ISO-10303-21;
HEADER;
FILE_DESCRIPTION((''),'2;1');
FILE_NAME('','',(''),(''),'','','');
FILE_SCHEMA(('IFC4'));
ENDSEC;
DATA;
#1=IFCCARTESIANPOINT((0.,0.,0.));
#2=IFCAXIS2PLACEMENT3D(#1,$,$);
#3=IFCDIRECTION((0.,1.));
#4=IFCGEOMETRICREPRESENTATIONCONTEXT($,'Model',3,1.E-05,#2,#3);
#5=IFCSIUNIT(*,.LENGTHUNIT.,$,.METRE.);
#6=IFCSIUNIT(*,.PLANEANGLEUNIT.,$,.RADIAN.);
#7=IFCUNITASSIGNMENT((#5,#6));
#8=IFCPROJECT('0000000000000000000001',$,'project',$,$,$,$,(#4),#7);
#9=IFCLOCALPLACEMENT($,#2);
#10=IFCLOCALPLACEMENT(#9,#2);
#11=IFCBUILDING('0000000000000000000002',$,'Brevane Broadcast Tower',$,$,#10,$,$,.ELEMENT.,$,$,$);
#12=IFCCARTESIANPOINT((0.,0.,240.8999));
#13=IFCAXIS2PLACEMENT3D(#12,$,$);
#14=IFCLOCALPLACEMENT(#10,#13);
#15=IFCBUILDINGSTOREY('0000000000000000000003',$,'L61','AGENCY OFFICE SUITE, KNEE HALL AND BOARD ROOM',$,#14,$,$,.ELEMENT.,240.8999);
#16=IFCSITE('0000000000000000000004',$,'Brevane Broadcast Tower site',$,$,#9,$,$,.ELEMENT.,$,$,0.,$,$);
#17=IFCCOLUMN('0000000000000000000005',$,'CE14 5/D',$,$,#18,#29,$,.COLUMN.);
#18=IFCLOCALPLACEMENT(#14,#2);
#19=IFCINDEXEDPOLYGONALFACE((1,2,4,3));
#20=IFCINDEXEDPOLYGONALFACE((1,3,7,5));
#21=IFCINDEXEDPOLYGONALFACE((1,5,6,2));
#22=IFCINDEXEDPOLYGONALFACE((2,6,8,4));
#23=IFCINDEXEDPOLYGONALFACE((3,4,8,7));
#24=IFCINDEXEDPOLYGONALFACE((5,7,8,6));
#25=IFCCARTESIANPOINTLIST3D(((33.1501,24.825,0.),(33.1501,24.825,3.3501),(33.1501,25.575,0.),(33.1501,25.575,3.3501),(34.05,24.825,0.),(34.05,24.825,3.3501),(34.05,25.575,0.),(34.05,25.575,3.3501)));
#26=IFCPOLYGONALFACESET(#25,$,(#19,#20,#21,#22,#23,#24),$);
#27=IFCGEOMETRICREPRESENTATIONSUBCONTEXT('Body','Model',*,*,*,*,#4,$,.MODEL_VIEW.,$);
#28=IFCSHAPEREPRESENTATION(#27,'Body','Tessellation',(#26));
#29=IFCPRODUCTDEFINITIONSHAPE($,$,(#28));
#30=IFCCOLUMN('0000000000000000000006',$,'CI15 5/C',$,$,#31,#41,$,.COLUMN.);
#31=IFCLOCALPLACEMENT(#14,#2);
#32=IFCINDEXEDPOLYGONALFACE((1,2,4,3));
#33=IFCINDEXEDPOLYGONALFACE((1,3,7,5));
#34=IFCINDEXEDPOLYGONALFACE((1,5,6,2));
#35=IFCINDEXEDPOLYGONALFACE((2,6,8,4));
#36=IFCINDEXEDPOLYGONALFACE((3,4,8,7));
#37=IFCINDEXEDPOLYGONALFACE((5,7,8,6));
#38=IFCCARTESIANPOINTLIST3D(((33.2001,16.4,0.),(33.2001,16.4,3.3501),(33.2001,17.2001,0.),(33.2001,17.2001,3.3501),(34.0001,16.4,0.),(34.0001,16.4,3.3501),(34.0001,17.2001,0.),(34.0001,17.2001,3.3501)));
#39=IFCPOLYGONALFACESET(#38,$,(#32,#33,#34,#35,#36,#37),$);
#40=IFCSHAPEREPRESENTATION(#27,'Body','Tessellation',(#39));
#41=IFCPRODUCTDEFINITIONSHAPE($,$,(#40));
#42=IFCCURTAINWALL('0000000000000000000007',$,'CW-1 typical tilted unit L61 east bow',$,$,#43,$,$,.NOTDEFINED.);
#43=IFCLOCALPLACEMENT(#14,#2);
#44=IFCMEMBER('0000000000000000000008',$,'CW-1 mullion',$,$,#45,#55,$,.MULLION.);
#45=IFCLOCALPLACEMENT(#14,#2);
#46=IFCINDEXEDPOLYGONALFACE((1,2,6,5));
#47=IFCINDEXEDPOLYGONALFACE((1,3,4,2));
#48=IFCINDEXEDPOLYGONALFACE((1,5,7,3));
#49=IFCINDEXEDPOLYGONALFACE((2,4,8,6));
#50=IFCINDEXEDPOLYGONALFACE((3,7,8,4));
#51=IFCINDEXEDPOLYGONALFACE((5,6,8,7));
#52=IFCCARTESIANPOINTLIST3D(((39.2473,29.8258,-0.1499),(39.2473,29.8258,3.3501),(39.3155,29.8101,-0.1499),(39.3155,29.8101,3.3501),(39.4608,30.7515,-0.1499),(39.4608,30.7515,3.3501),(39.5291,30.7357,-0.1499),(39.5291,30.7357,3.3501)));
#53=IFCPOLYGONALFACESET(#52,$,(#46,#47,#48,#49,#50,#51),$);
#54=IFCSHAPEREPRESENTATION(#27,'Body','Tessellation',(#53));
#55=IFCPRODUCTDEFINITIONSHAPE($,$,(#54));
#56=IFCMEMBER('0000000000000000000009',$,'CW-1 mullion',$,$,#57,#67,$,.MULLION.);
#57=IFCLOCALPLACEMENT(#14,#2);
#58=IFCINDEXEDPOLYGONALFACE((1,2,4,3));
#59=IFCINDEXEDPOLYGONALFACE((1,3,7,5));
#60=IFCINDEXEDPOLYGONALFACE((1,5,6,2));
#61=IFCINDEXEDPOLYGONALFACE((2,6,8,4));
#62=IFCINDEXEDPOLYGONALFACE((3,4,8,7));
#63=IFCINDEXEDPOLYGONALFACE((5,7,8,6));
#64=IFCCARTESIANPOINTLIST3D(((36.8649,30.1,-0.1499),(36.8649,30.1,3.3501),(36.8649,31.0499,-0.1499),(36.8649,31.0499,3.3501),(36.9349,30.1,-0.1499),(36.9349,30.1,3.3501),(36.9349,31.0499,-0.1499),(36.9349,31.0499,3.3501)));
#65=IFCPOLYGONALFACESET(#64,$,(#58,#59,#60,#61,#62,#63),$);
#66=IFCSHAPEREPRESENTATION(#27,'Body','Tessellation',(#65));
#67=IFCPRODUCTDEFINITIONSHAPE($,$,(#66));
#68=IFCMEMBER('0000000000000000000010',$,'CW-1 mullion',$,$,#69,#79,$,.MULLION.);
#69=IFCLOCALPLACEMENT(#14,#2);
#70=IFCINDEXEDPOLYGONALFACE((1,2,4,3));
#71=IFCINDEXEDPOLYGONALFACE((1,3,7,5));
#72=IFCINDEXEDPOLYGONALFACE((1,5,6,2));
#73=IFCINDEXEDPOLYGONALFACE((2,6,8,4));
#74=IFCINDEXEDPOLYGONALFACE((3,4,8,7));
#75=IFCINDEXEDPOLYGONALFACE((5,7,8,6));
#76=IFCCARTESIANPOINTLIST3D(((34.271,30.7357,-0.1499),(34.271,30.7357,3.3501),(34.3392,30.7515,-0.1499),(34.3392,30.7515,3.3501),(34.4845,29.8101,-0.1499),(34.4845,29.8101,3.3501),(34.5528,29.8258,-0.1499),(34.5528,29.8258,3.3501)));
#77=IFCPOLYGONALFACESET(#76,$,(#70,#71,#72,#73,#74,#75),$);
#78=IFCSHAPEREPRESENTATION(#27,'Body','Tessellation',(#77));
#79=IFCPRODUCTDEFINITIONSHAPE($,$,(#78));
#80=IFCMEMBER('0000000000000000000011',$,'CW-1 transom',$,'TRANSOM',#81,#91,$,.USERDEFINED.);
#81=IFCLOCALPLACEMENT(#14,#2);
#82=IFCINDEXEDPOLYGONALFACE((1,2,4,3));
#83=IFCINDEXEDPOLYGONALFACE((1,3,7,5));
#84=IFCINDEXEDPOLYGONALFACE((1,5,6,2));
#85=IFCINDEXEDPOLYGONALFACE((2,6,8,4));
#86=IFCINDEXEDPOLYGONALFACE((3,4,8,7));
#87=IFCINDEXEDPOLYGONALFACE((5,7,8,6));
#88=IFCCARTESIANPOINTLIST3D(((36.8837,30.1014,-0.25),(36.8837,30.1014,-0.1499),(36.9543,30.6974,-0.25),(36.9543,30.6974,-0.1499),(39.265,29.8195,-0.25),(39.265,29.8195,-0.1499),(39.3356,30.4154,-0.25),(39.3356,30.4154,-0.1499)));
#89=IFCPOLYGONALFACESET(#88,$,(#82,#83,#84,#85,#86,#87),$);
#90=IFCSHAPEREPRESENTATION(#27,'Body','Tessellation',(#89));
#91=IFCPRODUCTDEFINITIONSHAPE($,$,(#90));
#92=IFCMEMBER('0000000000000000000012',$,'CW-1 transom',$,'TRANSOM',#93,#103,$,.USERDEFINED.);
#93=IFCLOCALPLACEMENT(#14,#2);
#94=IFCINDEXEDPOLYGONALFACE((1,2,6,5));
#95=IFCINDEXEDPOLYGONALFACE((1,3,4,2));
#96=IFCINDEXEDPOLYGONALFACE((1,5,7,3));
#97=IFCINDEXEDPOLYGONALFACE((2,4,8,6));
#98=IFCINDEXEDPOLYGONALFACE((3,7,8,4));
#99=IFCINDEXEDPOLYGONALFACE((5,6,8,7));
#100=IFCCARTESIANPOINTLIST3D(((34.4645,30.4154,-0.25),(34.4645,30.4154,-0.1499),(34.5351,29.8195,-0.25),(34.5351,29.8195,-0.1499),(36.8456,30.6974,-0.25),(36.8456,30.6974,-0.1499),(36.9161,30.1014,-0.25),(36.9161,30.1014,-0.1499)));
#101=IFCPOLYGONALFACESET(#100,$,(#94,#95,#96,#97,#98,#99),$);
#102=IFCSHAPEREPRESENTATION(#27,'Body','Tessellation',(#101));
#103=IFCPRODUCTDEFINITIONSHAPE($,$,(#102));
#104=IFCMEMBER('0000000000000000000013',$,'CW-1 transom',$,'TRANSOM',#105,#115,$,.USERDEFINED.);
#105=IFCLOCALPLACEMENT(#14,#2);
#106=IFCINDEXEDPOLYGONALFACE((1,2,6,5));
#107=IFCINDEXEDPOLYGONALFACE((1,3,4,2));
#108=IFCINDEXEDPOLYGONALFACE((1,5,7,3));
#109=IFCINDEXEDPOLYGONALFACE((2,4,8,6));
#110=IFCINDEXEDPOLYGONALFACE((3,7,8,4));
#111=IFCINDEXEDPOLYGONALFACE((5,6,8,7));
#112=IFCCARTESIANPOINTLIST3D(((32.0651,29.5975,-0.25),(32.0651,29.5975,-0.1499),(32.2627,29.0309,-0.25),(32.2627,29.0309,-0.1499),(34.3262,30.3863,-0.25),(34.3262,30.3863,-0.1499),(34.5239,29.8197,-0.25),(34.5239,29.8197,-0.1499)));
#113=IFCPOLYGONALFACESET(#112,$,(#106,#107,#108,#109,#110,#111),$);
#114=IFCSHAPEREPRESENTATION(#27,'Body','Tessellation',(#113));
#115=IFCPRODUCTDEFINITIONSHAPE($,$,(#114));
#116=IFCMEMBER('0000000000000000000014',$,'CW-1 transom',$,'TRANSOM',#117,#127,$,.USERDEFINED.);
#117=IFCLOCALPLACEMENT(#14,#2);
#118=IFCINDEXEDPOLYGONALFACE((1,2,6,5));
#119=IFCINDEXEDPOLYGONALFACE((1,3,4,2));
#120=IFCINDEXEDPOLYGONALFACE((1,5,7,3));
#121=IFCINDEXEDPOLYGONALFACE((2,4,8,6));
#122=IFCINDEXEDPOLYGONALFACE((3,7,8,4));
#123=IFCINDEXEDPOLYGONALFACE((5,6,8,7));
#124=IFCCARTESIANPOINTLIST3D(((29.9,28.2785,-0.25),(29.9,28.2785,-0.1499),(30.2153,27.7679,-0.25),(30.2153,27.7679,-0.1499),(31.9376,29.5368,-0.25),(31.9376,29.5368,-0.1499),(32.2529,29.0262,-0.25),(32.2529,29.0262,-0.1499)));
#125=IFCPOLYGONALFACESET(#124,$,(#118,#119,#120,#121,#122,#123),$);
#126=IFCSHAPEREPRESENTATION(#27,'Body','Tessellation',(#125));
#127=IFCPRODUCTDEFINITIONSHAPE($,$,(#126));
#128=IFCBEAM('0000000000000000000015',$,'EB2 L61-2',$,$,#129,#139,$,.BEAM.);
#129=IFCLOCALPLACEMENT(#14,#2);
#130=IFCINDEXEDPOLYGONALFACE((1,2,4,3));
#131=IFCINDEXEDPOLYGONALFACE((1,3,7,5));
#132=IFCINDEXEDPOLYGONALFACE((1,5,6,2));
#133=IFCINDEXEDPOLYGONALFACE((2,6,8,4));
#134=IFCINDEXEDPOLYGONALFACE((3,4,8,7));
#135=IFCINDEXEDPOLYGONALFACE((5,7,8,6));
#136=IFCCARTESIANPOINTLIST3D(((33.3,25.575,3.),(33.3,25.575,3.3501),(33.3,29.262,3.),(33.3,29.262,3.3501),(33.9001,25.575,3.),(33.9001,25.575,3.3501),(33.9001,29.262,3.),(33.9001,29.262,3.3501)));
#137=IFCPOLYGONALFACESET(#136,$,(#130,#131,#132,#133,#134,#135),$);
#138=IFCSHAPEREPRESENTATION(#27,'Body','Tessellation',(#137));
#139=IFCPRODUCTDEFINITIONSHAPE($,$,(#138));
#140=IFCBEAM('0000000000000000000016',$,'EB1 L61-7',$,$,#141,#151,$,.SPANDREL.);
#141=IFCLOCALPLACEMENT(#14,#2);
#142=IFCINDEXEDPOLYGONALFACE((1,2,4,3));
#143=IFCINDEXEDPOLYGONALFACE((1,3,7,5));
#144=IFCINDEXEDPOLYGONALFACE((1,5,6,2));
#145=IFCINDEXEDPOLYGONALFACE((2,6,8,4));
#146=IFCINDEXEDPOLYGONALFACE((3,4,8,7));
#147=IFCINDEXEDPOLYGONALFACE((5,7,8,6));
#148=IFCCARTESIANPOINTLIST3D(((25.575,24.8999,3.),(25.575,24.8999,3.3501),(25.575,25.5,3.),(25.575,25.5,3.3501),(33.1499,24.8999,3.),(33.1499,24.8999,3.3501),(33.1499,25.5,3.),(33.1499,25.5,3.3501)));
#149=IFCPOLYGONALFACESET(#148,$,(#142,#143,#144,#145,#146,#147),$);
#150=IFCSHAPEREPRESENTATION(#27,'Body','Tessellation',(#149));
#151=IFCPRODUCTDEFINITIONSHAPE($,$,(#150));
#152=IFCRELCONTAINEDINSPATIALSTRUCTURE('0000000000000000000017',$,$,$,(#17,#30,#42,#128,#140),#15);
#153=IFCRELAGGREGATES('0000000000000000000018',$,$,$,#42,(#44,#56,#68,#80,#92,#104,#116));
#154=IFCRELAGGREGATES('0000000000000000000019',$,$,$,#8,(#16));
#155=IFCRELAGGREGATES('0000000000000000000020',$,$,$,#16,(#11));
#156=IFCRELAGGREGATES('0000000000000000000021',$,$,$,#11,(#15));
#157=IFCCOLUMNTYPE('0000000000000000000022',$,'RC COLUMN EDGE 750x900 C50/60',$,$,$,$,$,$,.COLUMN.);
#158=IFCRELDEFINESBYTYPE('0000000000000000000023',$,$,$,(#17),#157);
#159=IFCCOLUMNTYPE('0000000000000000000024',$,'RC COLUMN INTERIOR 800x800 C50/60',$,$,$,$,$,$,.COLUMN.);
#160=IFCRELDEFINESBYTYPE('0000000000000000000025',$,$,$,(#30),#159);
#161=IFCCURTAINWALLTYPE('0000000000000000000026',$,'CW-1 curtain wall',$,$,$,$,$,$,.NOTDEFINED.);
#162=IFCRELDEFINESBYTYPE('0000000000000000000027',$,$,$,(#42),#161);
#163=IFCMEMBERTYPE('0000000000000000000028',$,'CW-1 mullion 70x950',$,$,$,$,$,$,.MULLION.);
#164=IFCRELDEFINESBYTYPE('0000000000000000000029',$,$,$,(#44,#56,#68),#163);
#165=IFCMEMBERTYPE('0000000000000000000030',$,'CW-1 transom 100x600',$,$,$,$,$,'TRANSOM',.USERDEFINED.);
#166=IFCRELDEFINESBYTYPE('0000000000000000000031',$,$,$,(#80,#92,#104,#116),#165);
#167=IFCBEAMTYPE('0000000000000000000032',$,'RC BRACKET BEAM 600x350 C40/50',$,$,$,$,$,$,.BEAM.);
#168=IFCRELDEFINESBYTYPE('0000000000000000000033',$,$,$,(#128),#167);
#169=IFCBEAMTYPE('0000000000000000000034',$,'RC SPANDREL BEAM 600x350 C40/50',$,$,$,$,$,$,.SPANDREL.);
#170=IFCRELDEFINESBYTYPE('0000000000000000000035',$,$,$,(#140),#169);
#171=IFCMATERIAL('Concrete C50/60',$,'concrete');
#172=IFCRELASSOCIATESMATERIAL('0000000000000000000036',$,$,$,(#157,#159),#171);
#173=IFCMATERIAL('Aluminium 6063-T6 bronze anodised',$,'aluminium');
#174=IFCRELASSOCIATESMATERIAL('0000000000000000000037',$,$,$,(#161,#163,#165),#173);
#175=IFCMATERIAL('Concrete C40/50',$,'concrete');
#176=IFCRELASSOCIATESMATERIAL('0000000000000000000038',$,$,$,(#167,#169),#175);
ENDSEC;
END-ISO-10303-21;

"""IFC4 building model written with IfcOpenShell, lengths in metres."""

from ifc_helpers import new_model, si_unit, direction, frame, origin, origin_2d, place, context, subcontext, project, spatial, rectangle, extrude, material, material_profile, profile_set, type_object, element, aggregate, save


model = new_model("IFC4")

# Units and contexts
model_context = context("Model", 3, precision=1e-05, world=origin(), true_north=direction((0.0, 1.0)))
body_context = subcontext(model_context, "Body", "Model", "MODEL_VIEW")
ifc_project = project(units=[si_unit("LENGTHUNIT", "METRE"), si_unit("PLANEANGLEUNIT", "RADIAN")], contexts=[model_context])

# Site, building, storey
site_placement = place(None, origin())
site = spatial("IfcSite", under=ifc_project, at=site_placement, Name="Brevane Broadcast Tower site", CompositionType="ELEMENT", RefElevation=0.0)
building_placement = place(site_placement, origin())
building = spatial("IfcBuilding", under=site, at=building_placement, Name="Brevane Broadcast Tower", CompositionType="ELEMENT")
storey_placement = place(building_placement, frame((0.0, 0.0, 240.8999)))
storey = spatial("IfcBuildingStorey", under=building, at=storey_placement, Name="L61", Description="AGENCY OFFICE SUITE, KNEE HALL AND BOARD ROOM", CompositionType="ELEMENT", Elevation=240.8999)

# Columns
ifc_material_1 = material(Name="Concrete C50/60", Category="concrete")
ifc_material_profile_1 = material_profile(ifc_material_1, rectangle(XDim=0.75, YDim=0.8999, at=origin_2d()), Name="RC 750x900")
ifc_profile_set_1 = profile_set([ifc_material_profile_1], Name="Concrete C50/60")
column_type_1 = type_object("IfcColumnType", Name="RC COLUMN EDGE 750x900 C50/60", PredefinedType="COLUMN", material=ifc_profile_set_1)
column_1_placement = place(storey_placement, frame((33.6001, 25.2, 0.0), z_axis=(0.0, 0.0, 1.0), x_axis=(0.0, 1.0, 0.0)))
element("IfcColumn", 1, at=column_1_placement, inside=storey, type_object=column_type_1, Name="CE14 5/D", PredefinedType="COLUMN", context=body_context, shape_type="SweptSolid", body=[
    extrude(rectangle(XDim=0.75, YDim=0.8999, at=origin_2d()), origin(), (0.0, 0.0, 1.0), 3.3501),
])
ifc_material_profile_2 = material_profile(ifc_material_1, rectangle(XDim=0.8, YDim=0.8, at=origin_2d()), Name="RC 800x800")
ifc_profile_set_2 = profile_set([ifc_material_profile_2], Name="Concrete C50/60")
column_type_2 = type_object("IfcColumnType", Name="RC COLUMN INTERIOR 800x800 C50/60", PredefinedType="COLUMN", material=ifc_profile_set_2)
column_2_placement = place(storey_placement, frame((33.6001, 16.8, 0.0), z_axis=(0.0, 0.0, 1.0), x_axis=(1.0, 0.0, 0.0)))
element("IfcColumn", 2, at=column_2_placement, inside=storey, type_object=column_type_2, Name="CI15 5/C", PredefinedType="COLUMN", context=body_context, shape_type="SweptSolid", body=[
    extrude(rectangle(XDim=0.8, YDim=0.8, at=origin_2d()), origin(), (0.0, 0.0, 1.0), 3.3501),
])

# Curtain wall, members
ifc_material_2 = material(Name="Aluminium 6063-T6 bronze anodised", Category="aluminium")
curtain_wall_type = type_object("IfcCurtainWallType", Name="CW-1 curtain wall", PredefinedType="NOTDEFINED", material=ifc_material_2)
curtain_wall_placement = place(storey_placement, origin())
curtain_wall = element("IfcCurtainWall", 3, at=curtain_wall_placement, inside=storey, type_object=curtain_wall_type, Name="CW-1 typical tilted unit L61 east bow", PredefinedType="NOTDEFINED")
ifc_material_profile_3 = material_profile(ifc_material_2, rectangle(XDim=0.95, YDim=0.0701, at=origin_2d()), Name="RECT 70x950")
ifc_profile_set_3 = profile_set([ifc_material_profile_3], Name="Aluminium 6063-T6 bronze anodised")
member_type_1 = type_object("IfcMemberType", Name="CW-1 mullion 70x950", PredefinedType="MULLION", material=ifc_profile_set_3)
member_1_placement = place(storey_placement, frame((39.3882, 30.2808, -0.1499), z_axis=(0.0, 0.0, 1.0), x_axis=(-0.224807, -0.974403, 0.0)))
member_1 = element("IfcMember", 4, at=member_1_placement, type_object=member_type_1, Name="CW-1 mullion", PredefinedType="MULLION", context=body_context, shape_type="SweptSolid", body=[
    extrude(rectangle(XDim=0.95, YDim=0.0701, at=origin_2d()), origin(), (0.0, 0.0, 1.0), 3.5),
])
member_2_placement = place(storey_placement, frame((36.8999, 30.575, -0.1499), z_axis=(0.0, 0.0, 1.0), x_axis=(0.0, -1.0, 0.0)))
member_2 = element("IfcMember", 5, at=member_2_placement, type_object=member_type_1, Name="CW-1 mullion", PredefinedType="MULLION", context=body_context, shape_type="SweptSolid", body=[
    extrude(rectangle(XDim=0.95, YDim=0.0701, at=origin_2d()), origin(), (0.0, 0.0, 1.0), 3.5),
])
member_3_placement = place(storey_placement, frame((34.4119, 30.2808, -0.1499), z_axis=(0.0, 0.0, 1.0), x_axis=(0.224807, -0.974403, 0.0)))
member_3 = element("IfcMember", 6, at=member_3_placement, type_object=member_type_1, Name="CW-1 mullion", PredefinedType="MULLION", context=body_context, shape_type="SweptSolid", body=[
    extrude(rectangle(XDim=0.95, YDim=0.0701, at=origin_2d()), origin(), (0.0, 0.0, 1.0), 3.5),
])
ifc_material_profile_4 = material_profile(ifc_material_2, rectangle(XDim=0.6001, YDim=0.1001, at=origin_2d()), Name="RECT 100x600")
ifc_profile_set_4 = profile_set([ifc_material_profile_4], Name="Aluminium 6063-T6 bronze anodised")
member_type_2 = type_object("IfcMemberType", Name="CW-1 transom 100x600", ElementType="TRANSOM", PredefinedType="USERDEFINED", material=ifc_profile_set_4)
member_4_placement = place(storey_placement, frame((39.3003, 30.1174, -0.2), z_axis=(-0.993062, 0.117591, 0.0), x_axis=(-0.117591, -0.993062, 0.0)))
member_4 = element("IfcMember", 7, at=member_4_placement, type_object=member_type_2, Name="CW-1 transom", ObjectType="TRANSOM", PredefinedType="USERDEFINED", context=body_context, shape_type="SweptSolid", body=[
    extrude(rectangle(XDim=0.6001, YDim=0.1001, at=origin_2d()), origin(), (0.0, 0.0, 1.0), 2.3979),
])
member_5_placement = place(storey_placement, frame((36.8809, 30.3994, -0.2), z_axis=(-0.993061, -0.117603, 0.0), x_axis=(0.117603, -0.993061, 0.0)))
member_5 = element("IfcMember", 8, at=member_5_placement, type_object=member_type_2, Name="CW-1 transom", ObjectType="TRANSOM", PredefinedType="USERDEFINED", context=body_context, shape_type="SweptSolid", body=[
    extrude(rectangle(XDim=0.6001, YDim=0.1001, at=origin_2d()), origin(), (0.0, 0.0, 1.0), 2.3977),
])
member_6_placement = place(storey_placement, frame((34.425, 30.103, -0.2), z_axis=(-0.944198, -0.329378, 0.0), x_axis=(0.329378, -0.944198, 0.0)))
member_6 = element("IfcMember", 9, at=member_6_placement, type_object=member_type_2, Name="CW-1 transom", ObjectType="TRANSOM", PredefinedType="USERDEFINED", context=body_context, shape_type="SweptSolid", body=[
    extrude(rectangle(XDim=0.6001, YDim=0.1001, at=origin_2d()), origin(), (0.0, 0.0, 1.0), 2.3948),
])
member_7_placement = place(storey_placement, frame((32.0952, 29.2815, -0.2), z_axis=(-0.850838, -0.525428, 0.0), x_axis=(0.525428, -0.850838, 0.0)))
member_7 = element("IfcMember", 10, at=member_7_placement, type_object=member_type_2, Name="CW-1 transom", ObjectType="TRANSOM", PredefinedType="USERDEFINED", context=body_context, shape_type="SweptSolid", body=[
    extrude(rectangle(XDim=0.6001, YDim=0.1001, at=origin_2d()), origin(), (0.0, 0.0, 1.0), 2.3948),
])
aggregate(curtain_wall, [member_1, member_2, member_3, member_4, member_5, member_6, member_7])

# Beams
ifc_material_3 = material(Name="Concrete C40/50", Category="concrete")
ifc_material_profile_5 = material_profile(ifc_material_3, rectangle(XDim=0.6001, YDim=0.3501, at=origin_2d()), Name="RC 600x350")
ifc_profile_set_5 = profile_set([ifc_material_profile_5], Name="Concrete C40/50")
beam_type_1 = type_object("IfcBeamType", Name="RC BRACKET BEAM 600x350 C40/50", PredefinedType="BEAM", material=ifc_profile_set_5)
beam_1_placement = place(storey_placement, frame((33.6001, 25.575, 3.175), z_axis=(0.0, 1.0, 0.0), x_axis=(-1.0, 0.0, 0.0)))
element("IfcBeam", 11, at=beam_1_placement, inside=storey, type_object=beam_type_1, Name="EB2 L61-2", PredefinedType="BEAM", context=body_context, shape_type="SweptSolid", body=[
    extrude(rectangle(XDim=0.6001, YDim=0.3501, at=origin_2d()), origin(), (0.0, 0.0, 1.0), 3.687),
])
ifc_material_profile_6 = material_profile(ifc_material_3, rectangle(XDim=0.6001, YDim=0.3501, at=origin_2d()), Name="RC 600x350")
ifc_profile_set_6 = profile_set([ifc_material_profile_6], Name="Concrete C40/50")
beam_type_2 = type_object("IfcBeamType", Name="RC SPANDREL BEAM 600x350 C40/50", PredefinedType="SPANDREL", material=ifc_profile_set_6)
beam_2_placement = place(storey_placement, frame((33.1499, 25.2, 3.175), z_axis=(-1.0, 0.0, 0.0), x_axis=(0.0, -1.0, 0.0)))
element("IfcBeam", 12, at=beam_2_placement, inside=storey, type_object=beam_type_2, Name="EB1 L61-7", PredefinedType="SPANDREL", context=body_context, shape_type="SweptSolid", body=[
    extrude(rectangle(XDim=0.6001, YDim=0.3501, at=origin_2d()), origin(), (0.0, 0.0, 1.0), 7.575),
])

save(model, "model.ifc")
